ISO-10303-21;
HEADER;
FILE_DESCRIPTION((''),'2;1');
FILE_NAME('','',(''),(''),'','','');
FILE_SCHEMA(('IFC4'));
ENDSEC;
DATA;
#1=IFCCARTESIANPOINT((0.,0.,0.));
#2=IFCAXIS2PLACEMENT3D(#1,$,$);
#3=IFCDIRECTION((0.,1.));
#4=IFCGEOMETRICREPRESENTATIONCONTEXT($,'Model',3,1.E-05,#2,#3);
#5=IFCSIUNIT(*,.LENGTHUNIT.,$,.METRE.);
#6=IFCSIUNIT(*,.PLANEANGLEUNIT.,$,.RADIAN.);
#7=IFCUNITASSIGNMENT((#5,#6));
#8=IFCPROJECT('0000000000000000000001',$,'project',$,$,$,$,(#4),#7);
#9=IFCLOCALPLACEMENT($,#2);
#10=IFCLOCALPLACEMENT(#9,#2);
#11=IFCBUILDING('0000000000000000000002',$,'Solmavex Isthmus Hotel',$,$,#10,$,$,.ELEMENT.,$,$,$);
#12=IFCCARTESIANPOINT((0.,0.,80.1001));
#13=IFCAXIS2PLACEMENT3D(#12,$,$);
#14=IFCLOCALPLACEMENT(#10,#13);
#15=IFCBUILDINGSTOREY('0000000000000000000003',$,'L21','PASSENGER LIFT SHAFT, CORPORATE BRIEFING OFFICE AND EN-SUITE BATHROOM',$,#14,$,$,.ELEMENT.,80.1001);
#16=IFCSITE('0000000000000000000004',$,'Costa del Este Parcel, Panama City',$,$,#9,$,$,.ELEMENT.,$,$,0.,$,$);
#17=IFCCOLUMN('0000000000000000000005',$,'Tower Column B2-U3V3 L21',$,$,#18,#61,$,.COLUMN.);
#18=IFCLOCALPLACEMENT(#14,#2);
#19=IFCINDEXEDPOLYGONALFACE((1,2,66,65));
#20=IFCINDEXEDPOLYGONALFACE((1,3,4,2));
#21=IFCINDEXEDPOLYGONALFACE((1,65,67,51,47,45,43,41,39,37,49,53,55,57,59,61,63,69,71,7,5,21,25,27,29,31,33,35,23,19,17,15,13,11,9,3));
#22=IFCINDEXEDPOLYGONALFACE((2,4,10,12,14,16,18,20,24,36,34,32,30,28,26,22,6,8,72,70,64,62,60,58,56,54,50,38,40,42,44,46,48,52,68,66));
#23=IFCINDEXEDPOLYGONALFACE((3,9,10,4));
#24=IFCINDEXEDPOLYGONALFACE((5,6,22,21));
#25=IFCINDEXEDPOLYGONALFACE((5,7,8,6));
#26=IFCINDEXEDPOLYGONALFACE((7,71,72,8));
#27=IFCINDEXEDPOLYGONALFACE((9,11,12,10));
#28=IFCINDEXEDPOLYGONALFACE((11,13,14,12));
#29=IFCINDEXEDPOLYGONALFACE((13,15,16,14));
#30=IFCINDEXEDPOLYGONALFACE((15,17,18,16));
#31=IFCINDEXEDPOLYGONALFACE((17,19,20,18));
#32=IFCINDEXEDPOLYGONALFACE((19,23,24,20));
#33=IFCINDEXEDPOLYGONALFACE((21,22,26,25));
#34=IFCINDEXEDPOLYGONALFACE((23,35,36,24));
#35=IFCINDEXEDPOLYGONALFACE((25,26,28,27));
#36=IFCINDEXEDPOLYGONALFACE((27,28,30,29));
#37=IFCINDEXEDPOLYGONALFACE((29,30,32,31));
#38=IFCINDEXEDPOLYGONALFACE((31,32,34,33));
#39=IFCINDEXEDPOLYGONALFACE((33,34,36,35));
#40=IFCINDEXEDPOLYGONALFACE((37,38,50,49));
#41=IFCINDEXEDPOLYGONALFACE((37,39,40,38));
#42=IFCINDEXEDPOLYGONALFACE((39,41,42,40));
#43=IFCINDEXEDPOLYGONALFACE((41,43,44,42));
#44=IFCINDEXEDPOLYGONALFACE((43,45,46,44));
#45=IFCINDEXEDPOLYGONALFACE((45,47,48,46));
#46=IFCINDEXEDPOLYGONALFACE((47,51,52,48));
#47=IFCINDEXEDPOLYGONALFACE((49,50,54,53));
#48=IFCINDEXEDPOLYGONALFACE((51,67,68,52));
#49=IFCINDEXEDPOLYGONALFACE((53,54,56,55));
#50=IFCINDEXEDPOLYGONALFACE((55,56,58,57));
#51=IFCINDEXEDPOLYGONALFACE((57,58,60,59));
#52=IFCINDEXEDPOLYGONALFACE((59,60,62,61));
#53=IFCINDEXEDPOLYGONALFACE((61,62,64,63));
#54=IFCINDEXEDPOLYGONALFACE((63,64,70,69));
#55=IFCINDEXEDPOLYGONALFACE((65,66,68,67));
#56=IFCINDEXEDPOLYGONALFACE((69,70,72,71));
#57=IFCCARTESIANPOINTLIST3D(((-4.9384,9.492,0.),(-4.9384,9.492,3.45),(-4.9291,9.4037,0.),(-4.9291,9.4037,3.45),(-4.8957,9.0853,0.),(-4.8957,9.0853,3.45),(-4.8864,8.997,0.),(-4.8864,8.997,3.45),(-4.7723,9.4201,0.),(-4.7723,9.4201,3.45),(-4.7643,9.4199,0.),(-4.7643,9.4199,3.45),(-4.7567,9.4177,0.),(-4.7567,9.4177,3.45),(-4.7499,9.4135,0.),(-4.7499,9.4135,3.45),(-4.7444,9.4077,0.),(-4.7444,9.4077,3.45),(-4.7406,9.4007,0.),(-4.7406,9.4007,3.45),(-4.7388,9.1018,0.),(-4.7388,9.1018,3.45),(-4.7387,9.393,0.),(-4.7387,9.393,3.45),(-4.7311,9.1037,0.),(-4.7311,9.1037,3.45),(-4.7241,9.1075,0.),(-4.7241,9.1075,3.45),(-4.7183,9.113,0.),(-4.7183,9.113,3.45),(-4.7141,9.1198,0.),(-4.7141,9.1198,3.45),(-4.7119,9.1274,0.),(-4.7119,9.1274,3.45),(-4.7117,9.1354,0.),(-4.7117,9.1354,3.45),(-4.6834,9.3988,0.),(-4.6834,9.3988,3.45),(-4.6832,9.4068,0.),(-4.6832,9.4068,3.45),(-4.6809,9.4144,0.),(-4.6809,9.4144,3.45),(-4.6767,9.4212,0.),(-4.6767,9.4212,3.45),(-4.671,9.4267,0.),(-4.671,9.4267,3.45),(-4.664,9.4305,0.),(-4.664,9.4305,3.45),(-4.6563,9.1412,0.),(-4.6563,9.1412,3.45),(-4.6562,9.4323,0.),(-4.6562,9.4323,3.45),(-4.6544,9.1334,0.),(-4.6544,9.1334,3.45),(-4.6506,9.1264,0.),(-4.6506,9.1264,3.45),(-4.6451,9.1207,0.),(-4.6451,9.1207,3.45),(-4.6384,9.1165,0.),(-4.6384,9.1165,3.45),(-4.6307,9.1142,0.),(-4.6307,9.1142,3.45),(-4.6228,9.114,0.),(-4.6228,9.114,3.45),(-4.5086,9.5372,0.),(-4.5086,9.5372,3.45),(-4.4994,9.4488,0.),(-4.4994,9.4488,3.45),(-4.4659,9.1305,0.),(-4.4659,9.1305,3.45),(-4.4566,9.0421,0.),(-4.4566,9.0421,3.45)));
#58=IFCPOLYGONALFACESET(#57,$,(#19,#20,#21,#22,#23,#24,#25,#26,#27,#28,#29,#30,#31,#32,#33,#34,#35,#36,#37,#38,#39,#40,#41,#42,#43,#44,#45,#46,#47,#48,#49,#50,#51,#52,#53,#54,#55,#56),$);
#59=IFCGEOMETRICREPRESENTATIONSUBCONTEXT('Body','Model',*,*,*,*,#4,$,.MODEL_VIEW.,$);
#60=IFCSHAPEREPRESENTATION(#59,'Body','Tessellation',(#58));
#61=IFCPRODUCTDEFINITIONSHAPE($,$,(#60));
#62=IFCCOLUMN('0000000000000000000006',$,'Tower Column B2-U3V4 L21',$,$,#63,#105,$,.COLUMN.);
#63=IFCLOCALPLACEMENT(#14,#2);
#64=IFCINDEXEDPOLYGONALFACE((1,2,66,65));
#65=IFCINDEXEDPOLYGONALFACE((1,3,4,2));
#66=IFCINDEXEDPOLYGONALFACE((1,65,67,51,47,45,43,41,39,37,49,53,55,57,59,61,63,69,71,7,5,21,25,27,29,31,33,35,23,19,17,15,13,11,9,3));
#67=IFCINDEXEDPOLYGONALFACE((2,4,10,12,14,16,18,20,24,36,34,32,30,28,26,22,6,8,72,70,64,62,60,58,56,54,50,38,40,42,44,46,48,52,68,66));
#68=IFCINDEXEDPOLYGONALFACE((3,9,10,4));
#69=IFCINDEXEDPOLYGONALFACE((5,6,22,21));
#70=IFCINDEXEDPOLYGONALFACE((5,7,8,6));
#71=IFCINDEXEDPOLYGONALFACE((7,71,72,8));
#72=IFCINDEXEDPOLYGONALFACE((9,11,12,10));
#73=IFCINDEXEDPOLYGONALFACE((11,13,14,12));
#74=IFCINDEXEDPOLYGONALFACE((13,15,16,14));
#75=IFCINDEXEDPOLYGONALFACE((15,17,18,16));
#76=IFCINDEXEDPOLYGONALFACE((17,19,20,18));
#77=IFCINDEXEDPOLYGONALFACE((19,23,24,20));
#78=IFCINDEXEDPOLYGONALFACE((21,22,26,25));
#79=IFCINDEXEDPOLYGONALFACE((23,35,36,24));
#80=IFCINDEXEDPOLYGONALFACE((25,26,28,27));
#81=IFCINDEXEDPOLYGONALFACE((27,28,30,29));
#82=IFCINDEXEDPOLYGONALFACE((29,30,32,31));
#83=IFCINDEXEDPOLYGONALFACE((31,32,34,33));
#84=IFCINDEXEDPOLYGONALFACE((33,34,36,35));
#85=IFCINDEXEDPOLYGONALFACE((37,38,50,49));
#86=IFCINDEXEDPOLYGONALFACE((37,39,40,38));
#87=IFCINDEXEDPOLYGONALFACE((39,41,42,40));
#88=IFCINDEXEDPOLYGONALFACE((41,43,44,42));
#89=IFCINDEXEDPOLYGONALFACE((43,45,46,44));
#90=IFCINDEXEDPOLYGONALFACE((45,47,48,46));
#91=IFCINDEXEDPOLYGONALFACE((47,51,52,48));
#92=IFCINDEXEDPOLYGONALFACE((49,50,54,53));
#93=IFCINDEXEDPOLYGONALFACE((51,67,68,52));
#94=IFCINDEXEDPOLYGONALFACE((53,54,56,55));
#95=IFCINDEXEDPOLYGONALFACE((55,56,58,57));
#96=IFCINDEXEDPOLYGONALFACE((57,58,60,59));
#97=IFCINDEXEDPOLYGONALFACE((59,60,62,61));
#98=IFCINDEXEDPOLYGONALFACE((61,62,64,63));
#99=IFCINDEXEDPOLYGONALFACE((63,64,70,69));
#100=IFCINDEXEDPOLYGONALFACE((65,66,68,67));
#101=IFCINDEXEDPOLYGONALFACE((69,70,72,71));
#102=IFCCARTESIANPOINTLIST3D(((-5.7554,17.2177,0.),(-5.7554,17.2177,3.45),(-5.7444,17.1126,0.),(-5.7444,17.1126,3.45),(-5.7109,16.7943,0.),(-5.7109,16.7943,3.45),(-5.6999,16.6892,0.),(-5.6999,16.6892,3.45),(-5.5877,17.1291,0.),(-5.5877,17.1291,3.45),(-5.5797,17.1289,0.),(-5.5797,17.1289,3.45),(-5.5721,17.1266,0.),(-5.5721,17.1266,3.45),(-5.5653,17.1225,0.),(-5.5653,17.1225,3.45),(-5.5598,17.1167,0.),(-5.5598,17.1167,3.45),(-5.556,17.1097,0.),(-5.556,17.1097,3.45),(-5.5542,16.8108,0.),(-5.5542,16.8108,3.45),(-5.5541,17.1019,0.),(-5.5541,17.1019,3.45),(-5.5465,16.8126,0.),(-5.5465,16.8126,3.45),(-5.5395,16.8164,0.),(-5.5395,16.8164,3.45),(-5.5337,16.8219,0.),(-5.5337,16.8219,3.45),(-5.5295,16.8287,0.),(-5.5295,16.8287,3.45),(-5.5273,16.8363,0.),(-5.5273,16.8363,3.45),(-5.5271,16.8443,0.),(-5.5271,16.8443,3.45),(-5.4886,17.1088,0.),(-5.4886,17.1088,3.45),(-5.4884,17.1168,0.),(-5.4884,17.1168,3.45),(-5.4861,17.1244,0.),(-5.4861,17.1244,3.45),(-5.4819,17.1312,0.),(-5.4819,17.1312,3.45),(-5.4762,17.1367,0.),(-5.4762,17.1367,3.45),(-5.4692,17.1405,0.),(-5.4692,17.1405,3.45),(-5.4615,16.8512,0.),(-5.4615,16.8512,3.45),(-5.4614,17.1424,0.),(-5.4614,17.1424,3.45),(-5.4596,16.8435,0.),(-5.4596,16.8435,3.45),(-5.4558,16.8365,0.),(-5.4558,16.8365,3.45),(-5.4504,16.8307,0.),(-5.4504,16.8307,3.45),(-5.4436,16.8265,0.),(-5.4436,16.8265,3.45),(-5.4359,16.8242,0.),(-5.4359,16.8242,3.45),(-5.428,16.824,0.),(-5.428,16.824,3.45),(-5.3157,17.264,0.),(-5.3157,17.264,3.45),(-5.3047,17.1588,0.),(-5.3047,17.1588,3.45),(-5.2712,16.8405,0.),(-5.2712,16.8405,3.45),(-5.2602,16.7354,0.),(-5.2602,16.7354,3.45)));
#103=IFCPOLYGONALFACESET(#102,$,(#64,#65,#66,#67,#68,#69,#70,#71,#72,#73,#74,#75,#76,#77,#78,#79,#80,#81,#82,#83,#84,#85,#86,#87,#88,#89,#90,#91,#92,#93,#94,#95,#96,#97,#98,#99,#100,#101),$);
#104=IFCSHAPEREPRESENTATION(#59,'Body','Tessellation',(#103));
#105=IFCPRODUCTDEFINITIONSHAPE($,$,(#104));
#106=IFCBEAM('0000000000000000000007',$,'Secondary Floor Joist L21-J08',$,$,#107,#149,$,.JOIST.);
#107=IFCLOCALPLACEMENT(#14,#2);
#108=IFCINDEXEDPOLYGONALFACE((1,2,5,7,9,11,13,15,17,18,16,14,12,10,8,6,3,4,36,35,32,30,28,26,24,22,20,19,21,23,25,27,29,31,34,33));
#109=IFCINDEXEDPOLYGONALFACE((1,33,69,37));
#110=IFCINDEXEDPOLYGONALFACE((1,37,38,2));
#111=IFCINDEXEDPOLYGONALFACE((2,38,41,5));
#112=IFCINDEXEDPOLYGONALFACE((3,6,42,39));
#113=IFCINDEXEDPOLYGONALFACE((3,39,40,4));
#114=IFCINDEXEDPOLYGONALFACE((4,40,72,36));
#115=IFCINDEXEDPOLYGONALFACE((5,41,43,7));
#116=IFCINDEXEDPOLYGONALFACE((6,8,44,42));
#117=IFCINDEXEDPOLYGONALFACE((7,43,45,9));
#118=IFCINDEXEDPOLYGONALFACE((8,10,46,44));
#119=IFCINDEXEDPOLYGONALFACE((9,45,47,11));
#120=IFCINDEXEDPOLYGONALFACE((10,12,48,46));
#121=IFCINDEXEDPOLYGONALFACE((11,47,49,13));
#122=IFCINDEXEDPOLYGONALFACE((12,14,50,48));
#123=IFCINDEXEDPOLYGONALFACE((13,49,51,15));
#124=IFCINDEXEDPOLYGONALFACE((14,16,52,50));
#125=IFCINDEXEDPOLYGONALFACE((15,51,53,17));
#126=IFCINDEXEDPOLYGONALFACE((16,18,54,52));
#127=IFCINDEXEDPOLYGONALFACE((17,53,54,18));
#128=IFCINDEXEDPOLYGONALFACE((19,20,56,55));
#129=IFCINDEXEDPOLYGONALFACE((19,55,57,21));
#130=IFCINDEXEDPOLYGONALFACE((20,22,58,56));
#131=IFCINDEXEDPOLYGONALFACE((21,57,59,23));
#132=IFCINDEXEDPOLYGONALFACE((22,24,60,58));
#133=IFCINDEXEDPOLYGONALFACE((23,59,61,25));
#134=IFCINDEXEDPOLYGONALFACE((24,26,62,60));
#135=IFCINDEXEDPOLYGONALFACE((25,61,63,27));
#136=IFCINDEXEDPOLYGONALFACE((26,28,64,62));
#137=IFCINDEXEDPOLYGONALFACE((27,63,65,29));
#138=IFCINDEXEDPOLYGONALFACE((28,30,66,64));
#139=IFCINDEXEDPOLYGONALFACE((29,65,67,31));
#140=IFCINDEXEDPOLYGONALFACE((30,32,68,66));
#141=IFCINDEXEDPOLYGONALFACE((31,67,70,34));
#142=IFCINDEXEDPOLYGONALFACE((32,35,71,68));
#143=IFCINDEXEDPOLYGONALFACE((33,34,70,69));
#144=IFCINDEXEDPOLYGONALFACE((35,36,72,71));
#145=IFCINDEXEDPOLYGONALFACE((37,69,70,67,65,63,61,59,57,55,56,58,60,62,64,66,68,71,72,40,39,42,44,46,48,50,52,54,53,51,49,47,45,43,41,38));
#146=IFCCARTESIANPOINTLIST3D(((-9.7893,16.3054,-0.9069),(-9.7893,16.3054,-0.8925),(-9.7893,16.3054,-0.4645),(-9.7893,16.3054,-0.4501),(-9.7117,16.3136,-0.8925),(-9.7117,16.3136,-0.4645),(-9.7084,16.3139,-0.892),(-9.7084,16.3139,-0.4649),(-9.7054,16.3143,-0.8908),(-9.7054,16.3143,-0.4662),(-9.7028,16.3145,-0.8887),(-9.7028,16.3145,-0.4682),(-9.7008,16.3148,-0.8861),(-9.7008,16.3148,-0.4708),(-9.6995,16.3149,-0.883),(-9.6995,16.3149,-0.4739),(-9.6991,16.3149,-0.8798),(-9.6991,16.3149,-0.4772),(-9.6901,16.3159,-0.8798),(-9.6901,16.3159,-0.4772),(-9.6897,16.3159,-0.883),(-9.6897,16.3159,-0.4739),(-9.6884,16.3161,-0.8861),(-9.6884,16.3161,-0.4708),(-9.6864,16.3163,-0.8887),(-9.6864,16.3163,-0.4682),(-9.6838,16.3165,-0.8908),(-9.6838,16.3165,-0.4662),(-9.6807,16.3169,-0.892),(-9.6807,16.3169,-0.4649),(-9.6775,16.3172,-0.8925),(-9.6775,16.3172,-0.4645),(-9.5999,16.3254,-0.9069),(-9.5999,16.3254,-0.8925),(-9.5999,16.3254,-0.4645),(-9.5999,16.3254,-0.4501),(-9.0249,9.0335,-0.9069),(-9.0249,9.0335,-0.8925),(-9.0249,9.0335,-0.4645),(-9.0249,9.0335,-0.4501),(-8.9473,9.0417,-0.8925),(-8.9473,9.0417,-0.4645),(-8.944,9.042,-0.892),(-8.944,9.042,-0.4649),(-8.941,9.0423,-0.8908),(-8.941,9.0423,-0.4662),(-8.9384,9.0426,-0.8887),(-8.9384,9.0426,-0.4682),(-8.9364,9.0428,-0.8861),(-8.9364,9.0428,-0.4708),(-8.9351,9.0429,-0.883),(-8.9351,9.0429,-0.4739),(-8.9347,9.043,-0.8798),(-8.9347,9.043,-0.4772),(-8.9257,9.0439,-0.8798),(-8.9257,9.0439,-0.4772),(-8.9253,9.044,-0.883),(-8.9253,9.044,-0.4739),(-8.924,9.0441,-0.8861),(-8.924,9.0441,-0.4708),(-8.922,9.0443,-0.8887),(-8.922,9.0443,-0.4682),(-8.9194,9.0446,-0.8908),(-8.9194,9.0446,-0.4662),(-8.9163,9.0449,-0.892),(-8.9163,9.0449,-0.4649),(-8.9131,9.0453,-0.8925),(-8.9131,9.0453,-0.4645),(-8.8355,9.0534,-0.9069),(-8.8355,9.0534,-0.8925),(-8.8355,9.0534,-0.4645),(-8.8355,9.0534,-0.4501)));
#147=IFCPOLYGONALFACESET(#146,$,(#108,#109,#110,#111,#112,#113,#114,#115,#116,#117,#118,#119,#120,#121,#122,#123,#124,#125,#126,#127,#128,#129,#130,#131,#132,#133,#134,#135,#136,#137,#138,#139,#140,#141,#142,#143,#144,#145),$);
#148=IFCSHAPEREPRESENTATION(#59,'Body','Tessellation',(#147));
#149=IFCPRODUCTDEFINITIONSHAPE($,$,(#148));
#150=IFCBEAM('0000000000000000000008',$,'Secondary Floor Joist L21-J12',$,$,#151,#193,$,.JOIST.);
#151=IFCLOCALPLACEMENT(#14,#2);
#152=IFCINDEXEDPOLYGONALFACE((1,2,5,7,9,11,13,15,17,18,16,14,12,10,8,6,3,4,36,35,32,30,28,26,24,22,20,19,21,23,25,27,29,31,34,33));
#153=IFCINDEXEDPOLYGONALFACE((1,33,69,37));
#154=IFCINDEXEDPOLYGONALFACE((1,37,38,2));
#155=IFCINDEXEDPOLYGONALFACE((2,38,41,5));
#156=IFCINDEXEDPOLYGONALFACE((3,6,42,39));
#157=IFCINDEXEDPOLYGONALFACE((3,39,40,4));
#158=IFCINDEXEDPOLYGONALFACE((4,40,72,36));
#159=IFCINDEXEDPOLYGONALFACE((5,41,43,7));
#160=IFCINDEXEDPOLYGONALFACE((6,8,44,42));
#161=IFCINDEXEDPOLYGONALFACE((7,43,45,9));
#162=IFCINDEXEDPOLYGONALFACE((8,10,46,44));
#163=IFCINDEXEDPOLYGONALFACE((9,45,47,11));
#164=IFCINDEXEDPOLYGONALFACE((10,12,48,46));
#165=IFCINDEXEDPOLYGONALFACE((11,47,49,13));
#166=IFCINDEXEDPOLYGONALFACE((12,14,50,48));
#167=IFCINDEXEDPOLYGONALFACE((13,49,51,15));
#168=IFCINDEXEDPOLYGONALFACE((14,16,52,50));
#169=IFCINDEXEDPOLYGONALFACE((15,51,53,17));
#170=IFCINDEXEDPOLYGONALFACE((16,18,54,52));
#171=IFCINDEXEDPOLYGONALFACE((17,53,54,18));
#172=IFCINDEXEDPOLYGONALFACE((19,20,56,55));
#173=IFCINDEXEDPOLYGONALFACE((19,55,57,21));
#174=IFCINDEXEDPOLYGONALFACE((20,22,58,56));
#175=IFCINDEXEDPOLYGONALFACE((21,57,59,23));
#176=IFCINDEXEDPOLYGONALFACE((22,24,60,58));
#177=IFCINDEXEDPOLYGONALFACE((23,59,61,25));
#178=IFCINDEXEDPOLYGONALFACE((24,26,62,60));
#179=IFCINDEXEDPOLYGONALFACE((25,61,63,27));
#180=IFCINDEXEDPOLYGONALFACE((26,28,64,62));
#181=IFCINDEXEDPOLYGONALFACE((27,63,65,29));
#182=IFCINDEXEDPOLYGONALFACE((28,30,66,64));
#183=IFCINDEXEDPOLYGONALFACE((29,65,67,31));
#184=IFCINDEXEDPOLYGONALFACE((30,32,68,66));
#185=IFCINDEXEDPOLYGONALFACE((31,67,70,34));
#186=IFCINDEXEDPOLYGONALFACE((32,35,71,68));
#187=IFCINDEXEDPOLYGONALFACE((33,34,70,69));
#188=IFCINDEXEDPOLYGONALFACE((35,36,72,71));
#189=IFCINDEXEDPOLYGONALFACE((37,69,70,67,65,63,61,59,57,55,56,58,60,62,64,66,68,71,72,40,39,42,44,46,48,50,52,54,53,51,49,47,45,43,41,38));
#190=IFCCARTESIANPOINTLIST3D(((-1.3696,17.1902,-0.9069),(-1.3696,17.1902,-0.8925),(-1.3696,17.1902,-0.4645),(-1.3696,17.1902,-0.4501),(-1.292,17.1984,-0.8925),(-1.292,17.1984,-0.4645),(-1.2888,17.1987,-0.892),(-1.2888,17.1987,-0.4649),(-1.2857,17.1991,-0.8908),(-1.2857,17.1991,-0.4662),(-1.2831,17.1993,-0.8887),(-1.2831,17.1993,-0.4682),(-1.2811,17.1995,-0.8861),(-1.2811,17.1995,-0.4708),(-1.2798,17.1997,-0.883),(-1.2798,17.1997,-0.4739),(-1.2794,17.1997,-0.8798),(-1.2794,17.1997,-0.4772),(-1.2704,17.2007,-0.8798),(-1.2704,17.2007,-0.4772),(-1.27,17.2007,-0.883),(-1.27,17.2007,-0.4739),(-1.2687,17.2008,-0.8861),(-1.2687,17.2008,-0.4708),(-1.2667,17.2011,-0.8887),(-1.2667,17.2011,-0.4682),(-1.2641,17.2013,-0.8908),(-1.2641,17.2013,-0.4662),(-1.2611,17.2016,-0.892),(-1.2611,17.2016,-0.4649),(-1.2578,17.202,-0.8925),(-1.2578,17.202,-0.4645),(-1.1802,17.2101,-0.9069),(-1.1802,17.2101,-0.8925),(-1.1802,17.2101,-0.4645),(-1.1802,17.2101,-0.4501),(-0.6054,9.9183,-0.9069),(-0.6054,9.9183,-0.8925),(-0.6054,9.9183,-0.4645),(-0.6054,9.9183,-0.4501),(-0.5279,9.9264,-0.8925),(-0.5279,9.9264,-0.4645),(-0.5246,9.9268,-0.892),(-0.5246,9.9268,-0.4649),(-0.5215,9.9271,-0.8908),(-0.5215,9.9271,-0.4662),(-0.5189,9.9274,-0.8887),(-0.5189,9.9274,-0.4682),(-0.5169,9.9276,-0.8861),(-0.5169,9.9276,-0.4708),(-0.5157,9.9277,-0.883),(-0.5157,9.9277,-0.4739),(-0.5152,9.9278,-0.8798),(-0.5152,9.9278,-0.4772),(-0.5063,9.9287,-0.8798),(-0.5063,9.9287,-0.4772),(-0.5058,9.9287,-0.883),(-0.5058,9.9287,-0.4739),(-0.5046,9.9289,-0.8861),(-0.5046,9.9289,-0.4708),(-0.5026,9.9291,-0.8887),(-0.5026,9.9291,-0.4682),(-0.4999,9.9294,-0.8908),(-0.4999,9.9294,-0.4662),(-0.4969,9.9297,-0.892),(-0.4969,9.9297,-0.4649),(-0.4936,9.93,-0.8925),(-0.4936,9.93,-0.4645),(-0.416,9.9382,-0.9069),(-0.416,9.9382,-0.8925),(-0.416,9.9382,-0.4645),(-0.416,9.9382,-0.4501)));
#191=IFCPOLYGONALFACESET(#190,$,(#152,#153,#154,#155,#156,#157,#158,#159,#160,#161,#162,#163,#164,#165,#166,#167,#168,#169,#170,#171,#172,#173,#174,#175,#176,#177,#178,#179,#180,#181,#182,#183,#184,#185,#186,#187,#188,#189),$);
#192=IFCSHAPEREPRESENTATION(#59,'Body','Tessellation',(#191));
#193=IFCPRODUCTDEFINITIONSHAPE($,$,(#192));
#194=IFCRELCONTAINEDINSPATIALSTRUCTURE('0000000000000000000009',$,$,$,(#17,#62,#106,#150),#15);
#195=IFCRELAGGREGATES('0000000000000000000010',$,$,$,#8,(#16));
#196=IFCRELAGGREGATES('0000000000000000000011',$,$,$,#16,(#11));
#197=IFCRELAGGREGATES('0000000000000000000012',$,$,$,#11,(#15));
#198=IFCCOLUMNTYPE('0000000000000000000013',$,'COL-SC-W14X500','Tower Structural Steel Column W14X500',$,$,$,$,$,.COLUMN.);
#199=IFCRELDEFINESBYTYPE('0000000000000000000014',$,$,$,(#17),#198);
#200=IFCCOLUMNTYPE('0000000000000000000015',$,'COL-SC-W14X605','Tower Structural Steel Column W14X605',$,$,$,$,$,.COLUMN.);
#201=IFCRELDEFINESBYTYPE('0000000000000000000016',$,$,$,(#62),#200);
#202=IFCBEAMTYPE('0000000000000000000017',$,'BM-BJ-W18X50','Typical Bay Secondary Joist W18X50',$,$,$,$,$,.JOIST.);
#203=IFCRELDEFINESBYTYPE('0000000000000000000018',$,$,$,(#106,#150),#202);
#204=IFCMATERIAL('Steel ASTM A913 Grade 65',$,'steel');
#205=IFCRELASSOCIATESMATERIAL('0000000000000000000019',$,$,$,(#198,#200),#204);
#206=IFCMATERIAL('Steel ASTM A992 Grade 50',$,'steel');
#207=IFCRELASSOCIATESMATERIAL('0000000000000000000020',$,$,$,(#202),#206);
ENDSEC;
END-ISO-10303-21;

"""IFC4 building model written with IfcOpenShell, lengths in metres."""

from ifc_helpers import new_model, si_unit, direction, frame, origin, origin_2d, place, context, subcontext, project, spatial, i_section, extrude, material, material_profile, profile_set, type_object, element, save


model = new_model("IFC4")

# Units and contexts
model_context = context("Model", 3, precision=1e-05, world=origin(), true_north=direction((0.0, 1.0)))
body_context = subcontext(model_context, "Body", "Model", "MODEL_VIEW")
ifc_project = project(units=[si_unit("LENGTHUNIT", "METRE"), si_unit("PLANEANGLEUNIT", "RADIAN")], contexts=[model_context])

# Site, building, storey
site_placement = place(None, origin())
site = spatial("IfcSite", under=ifc_project, at=site_placement, Name="Costa del Este Parcel, Panama City", CompositionType="ELEMENT", RefElevation=0.0)
building_placement = place(site_placement, origin())
building = spatial("IfcBuilding", under=site, at=building_placement, Name="Solmavex Isthmus Hotel", CompositionType="ELEMENT")
storey_placement = place(building_placement, frame((0.0, 0.0, 80.1001)))
storey = spatial("IfcBuildingStorey", under=building, at=storey_placement, Name="L21", Description="PASSENGER LIFT SHAFT, CORPORATE BRIEFING OFFICE AND EN-SUITE BATHROOM", CompositionType="ELEMENT", Elevation=80.1001)

# Columns
ifc_material_1 = material(Name="Steel ASTM A913 Grade 65", Category="steel")
ifc_material_profile_1 = material_profile(ifc_material_1, i_section(OverallWidth=0.4321, OverallDepth=0.4978, WebThickness=0.0557, FlangeThickness=0.0889, FilletRadius=0.0305, at=origin_2d()), Name="W14X500")
ifc_profile_set_1 = profile_set([ifc_material_profile_1], Name="Steel ASTM A913 Grade 65")
column_type_1 = type_object("IfcColumnType", Name="COL-SC-W14X500", Description="Tower Structural Steel Column W14X500", PredefinedType="COLUMN", material=ifc_profile_set_1)
column_1_placement = place(storey_placement, frame((-4.6975, 9.2671, 0.0), z_axis=(0.0, 0.0, 1.0), x_axis=(0.994522, 0.104528, 0.0)))
element("IfcColumn", 1, at=column_1_placement, inside=storey, type_object=column_type_1, Name="Tower Column B2-U3V3 L21", PredefinedType="COLUMN", context=body_context, shape_type="SweptSolid", body=[
    extrude(i_section(OverallWidth=0.4321, OverallDepth=0.4978, WebThickness=0.0557, FlangeThickness=0.0889, FilletRadius=0.0305, at=origin_2d()), origin(), (0.0, 0.0, 1.0), 3.45),
])
ifc_material_profile_2 = material_profile(ifc_material_1, i_section(OverallWidth=0.4421, OverallDepth=0.5315, WebThickness=0.0659, FlangeThickness=0.1057, FilletRadius=0.0305, at=origin_2d()), Name="W14X605")
ifc_profile_set_2 = profile_set([ifc_material_profile_2], Name="Steel ASTM A913 Grade 65")
column_type_2 = type_object("IfcColumnType", Name="COL-SC-W14X605", Description="Tower Structural Steel Column W14X605", PredefinedType="COLUMN", material=ifc_profile_set_2)
column_2_placement = place(storey_placement, frame((-5.5078, 16.9766, 0.0), z_axis=(0.0, 0.0, 1.0), x_axis=(0.994522, 0.104528, 0.0)))
element("IfcColumn", 2, at=column_2_placement, inside=storey, type_object=column_type_2, Name="Tower Column B2-U3V4 L21", PredefinedType="COLUMN", context=body_context, shape_type="SweptSolid", body=[
    extrude(i_section(OverallWidth=0.4421, OverallDepth=0.5315, WebThickness=0.0659, FlangeThickness=0.1057, FilletRadius=0.0305, at=origin_2d()), origin(), (0.0, 0.0, 1.0), 3.45),
])

# Beams
ifc_material_2 = material(Name="Steel ASTM A992 Grade 50", Category="steel")
ifc_material_profile_3 = material_profile(ifc_material_2, i_section(OverallWidth=0.1904, OverallDepth=0.4568, WebThickness=0.009, FlangeThickness=0.0144, FilletRadius=0.0127, at=origin_2d()), Name="W18X50")
ifc_profile_set_3 = profile_set([ifc_material_profile_3], Name="Steel ASTM A992 Grade 50")
beam_type_1 = type_object("IfcBeamType", Name="BM-BJ-W18X50", Description="Typical Bay Secondary Joist W18X50", PredefinedType="JOIST", material=ifc_profile_set_3)
for number, where, z_axis, x_axis, name in (
    (3, (-8.9302, 9.0435, -0.6785), (-0.104541, 0.994521, 0.0), (-0.994521, -0.104541, 0.0), "Secondary Floor Joist L21-J08"),
    (4, (-0.5107, 9.9282, -0.6785), (-0.104508, 0.994524, 0.0), (-0.994524, -0.104508, 0.0), "Secondary Floor Joist L21-J12"),
):
    element("IfcBeam", number, at=place(storey_placement, frame(where, z_axis=z_axis, x_axis=x_axis)), inside=storey, type_object=beam_type_1, Name=name, PredefinedType="JOIST", context=body_context, shape_type="SweptSolid", body=[
        extrude(i_section(OverallWidth=0.1904, OverallDepth=0.4568, WebThickness=0.009, FlangeThickness=0.0144, FilletRadius=0.0127, at=origin_2d()), origin(), (0.0, 0.0, 1.0), 7.312),
    ])

save(model, "model.ifc")
